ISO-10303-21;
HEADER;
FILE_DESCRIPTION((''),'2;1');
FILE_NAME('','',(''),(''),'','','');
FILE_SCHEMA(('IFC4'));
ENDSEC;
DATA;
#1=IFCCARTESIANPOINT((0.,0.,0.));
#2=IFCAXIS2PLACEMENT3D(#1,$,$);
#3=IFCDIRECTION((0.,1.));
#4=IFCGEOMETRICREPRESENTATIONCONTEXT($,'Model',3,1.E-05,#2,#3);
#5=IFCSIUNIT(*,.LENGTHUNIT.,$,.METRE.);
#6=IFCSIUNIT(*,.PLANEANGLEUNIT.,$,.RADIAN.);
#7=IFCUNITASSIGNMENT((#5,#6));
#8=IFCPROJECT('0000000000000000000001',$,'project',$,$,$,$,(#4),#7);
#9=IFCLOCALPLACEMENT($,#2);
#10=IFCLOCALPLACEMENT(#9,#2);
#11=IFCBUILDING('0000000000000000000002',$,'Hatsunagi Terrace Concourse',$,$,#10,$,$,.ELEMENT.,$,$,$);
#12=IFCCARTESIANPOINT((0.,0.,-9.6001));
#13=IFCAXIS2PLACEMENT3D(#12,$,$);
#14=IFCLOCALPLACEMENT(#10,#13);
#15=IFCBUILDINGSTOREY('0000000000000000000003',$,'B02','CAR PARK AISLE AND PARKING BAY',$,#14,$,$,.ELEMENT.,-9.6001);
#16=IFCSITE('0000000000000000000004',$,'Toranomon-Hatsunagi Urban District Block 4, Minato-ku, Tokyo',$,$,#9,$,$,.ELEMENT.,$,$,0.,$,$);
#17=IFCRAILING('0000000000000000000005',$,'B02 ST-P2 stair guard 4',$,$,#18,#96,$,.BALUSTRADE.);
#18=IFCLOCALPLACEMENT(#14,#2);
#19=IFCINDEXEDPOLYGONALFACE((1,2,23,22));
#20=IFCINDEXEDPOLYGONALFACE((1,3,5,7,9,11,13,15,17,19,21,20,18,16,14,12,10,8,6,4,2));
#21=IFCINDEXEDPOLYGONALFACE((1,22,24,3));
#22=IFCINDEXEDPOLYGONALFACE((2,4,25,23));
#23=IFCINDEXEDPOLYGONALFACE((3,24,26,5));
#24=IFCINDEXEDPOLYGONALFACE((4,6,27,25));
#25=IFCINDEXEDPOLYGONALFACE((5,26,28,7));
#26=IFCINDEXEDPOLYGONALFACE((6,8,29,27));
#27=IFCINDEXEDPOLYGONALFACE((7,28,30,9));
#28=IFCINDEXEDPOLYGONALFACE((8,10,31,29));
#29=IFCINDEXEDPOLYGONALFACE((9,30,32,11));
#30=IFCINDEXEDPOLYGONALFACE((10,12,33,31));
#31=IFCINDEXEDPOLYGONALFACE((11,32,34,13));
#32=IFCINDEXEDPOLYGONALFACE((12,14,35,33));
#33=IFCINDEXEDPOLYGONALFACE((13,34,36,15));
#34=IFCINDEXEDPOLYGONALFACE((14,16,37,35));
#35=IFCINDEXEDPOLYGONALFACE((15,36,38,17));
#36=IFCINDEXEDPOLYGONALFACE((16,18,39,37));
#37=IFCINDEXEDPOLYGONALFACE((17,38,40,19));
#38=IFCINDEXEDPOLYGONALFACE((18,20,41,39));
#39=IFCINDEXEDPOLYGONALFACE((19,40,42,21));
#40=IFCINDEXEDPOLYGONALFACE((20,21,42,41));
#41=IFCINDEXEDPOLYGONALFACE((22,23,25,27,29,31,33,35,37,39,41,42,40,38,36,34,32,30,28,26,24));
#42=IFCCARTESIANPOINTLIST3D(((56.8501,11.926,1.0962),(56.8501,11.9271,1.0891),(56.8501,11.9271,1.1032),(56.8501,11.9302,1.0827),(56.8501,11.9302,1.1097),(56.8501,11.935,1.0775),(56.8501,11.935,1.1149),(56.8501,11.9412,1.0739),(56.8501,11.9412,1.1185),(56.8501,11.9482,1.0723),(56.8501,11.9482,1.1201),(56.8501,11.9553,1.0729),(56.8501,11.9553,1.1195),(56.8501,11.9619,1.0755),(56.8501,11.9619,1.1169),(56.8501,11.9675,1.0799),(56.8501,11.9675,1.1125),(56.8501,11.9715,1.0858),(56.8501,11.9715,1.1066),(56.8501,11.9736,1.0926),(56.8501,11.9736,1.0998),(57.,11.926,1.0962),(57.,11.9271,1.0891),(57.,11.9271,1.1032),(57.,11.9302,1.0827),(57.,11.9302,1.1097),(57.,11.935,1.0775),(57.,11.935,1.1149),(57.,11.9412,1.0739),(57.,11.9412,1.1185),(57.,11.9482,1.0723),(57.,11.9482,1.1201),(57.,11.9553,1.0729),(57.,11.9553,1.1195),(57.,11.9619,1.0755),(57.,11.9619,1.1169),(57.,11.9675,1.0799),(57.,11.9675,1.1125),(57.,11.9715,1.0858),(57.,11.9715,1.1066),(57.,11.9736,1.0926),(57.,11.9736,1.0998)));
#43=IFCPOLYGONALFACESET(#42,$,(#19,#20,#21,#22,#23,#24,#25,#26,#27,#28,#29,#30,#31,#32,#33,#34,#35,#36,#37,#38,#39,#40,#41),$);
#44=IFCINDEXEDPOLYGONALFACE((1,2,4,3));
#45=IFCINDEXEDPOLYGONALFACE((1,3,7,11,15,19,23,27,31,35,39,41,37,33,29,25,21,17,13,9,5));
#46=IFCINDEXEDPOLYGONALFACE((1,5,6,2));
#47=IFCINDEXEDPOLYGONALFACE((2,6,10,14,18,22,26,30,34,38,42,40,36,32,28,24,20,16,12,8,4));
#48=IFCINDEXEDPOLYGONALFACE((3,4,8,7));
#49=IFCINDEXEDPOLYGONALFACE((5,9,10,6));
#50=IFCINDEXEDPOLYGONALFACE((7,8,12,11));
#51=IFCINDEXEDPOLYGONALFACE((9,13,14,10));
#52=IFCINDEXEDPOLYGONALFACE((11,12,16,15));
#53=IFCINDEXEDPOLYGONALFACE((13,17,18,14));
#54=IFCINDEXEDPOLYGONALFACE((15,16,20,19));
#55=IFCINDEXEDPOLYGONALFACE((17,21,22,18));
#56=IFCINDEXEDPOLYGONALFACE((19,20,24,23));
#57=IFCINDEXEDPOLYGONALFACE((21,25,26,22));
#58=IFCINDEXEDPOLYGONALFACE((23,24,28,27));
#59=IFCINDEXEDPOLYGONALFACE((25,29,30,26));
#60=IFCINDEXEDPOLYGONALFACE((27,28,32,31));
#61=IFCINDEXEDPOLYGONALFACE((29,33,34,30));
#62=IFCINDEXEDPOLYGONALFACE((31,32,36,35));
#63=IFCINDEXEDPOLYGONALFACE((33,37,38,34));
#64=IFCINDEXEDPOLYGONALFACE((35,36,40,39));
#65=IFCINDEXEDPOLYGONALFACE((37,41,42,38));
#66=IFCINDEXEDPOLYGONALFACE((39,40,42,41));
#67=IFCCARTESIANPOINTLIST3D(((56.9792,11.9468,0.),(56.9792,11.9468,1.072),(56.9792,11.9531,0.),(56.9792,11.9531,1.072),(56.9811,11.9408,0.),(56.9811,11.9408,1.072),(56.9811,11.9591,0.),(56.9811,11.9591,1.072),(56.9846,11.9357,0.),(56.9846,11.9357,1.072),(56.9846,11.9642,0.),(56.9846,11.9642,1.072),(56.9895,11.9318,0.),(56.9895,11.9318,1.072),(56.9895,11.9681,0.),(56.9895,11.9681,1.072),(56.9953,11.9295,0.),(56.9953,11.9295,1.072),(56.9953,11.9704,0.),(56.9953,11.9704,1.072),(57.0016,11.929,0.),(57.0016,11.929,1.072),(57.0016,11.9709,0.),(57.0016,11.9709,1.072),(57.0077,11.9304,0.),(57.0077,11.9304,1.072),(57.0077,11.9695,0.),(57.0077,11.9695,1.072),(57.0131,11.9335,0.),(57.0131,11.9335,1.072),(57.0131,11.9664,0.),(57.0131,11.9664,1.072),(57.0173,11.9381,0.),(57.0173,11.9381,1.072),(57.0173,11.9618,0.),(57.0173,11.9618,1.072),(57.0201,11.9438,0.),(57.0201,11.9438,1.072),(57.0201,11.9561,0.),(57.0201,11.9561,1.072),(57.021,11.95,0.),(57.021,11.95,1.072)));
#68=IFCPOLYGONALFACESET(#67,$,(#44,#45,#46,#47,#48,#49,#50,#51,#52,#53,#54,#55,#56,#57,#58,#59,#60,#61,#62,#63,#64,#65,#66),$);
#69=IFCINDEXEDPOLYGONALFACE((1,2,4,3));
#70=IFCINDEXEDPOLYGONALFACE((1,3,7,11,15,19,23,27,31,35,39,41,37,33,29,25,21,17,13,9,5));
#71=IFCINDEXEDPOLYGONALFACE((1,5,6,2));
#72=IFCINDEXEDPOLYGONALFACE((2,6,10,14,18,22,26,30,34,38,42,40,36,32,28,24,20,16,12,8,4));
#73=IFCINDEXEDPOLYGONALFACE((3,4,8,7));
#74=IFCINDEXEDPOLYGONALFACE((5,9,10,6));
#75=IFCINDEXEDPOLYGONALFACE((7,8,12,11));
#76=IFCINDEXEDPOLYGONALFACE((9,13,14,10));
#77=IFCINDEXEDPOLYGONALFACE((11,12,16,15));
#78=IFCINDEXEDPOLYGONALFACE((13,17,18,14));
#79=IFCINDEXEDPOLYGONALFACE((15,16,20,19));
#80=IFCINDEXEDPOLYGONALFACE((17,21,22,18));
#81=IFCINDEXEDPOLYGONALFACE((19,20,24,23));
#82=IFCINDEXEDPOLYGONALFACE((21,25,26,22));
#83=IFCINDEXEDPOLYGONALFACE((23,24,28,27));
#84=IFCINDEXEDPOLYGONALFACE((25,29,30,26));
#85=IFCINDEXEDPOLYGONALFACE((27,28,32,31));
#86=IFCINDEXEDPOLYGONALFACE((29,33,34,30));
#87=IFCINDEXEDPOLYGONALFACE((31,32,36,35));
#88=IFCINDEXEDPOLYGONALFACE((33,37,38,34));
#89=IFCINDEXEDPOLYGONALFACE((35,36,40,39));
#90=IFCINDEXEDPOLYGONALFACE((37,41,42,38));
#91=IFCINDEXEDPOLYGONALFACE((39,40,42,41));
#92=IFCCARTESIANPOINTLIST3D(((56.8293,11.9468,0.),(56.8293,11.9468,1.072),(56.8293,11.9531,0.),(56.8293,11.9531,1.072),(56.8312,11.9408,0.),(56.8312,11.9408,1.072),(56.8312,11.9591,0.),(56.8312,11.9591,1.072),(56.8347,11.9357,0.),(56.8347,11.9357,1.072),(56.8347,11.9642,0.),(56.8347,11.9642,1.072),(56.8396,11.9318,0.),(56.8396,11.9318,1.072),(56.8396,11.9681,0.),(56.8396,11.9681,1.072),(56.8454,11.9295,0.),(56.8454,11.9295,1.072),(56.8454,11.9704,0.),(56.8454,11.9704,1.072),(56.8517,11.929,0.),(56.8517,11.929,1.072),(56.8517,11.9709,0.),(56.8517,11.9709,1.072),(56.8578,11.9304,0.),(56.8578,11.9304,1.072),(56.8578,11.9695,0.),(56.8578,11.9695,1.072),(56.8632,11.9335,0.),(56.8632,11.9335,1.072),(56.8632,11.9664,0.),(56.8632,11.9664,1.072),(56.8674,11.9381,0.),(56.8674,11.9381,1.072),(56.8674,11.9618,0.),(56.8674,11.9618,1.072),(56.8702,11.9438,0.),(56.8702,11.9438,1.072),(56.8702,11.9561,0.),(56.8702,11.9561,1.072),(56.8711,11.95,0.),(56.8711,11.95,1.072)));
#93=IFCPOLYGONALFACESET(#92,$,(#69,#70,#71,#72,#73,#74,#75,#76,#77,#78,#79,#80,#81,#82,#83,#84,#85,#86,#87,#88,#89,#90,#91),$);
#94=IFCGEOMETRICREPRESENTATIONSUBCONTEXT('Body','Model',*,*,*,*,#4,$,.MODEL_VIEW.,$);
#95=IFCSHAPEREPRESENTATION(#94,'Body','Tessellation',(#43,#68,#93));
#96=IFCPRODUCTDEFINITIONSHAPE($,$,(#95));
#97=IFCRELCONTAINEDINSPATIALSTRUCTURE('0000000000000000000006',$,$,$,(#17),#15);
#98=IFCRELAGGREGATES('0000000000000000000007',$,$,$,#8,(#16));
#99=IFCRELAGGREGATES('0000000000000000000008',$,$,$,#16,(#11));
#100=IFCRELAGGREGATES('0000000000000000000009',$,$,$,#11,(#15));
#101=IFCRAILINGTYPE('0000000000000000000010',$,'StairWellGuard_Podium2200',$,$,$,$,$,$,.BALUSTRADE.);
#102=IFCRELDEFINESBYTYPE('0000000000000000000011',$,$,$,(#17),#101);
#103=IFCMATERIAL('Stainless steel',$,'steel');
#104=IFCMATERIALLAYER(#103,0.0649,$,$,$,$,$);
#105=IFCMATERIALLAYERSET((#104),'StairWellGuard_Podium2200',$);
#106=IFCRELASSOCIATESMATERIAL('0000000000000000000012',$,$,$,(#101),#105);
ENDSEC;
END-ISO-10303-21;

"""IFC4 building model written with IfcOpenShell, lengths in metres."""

from ifc_helpers import new_model, si_unit, direction, frame, origin, origin_2d, place, context, subcontext, project, spatial, circle, extrude, material, layer, layer_set, type_object, element, save


model = new_model("IFC4")

# Units and contexts
model_context = context("Model", 3, precision=1e-05, world=origin(), true_north=direction((0.0, 1.0)))
body_context = subcontext(model_context, "Body", "Model", "MODEL_VIEW")
ifc_project = project(units=[si_unit("LENGTHUNIT", "METRE"), si_unit("PLANEANGLEUNIT", "RADIAN")], contexts=[model_context])

# Site, building, storey
site_placement = place(None, origin())
site = spatial("IfcSite", under=ifc_project, at=site_placement, Name="Toranomon-Hatsunagi Urban District Block 4, Minato-ku, Tokyo", CompositionType="ELEMENT", RefElevation=0.0)
building_placement = place(site_placement, origin())
building = spatial("IfcBuilding", under=site, at=building_placement, Name="Hatsunagi Terrace Concourse", CompositionType="ELEMENT")
storey_placement = place(building_placement, frame((0.0, 0.0, -9.6001)))
storey = spatial("IfcBuildingStorey", under=building, at=storey_placement, Name="B02", Description="CAR PARK AISLE AND PARKING BAY", CompositionType="ELEMENT", Elevation=-9.6001)

# Railing
ifc_material_1 = material(Name="Stainless steel", Category="steel")
ifc_layer_1 = layer(ifc_material_1, 0.0649)
ifc_layer_set_1 = layer_set([ifc_layer_1], Name="StairWellGuard_Podium2200")
railing_type_1 = type_object("IfcRailingType", Name="StairWellGuard_Podium2200", PredefinedType="BALUSTRADE", material=ifc_layer_set_1)
railing_1_placement = place(storey_placement, frame((57.0, 11.95, 0.0)))
element("IfcRailing", 1, at=railing_1_placement, inside=storey, type_object=railing_type_1, Name="B02 ST-P2 stair guard 4", PredefinedType="BALUSTRADE", context=body_context, shape_type="SweptSolid", body=[
    extrude(circle(Radius=0.0239, at=origin_2d()), frame((0.0, 0.0, 1.0962), z_axis=(-1.0, 0.0, 0.0), x_axis=(0.0, -1.0, 0.0)), (0.0, 0.0, 1.0), 0.1499),
    extrude(circle(Radius=0.021, at=origin_2d()), origin(), (0.0, 0.0, 1.0), 1.072),
    extrude(circle(Radius=0.021, at=origin_2d()), frame((-0.1499, 0.0, 0.0)), (0.0, 0.0, 1.0), 1.072),
])

save(model, "model.ifc")
